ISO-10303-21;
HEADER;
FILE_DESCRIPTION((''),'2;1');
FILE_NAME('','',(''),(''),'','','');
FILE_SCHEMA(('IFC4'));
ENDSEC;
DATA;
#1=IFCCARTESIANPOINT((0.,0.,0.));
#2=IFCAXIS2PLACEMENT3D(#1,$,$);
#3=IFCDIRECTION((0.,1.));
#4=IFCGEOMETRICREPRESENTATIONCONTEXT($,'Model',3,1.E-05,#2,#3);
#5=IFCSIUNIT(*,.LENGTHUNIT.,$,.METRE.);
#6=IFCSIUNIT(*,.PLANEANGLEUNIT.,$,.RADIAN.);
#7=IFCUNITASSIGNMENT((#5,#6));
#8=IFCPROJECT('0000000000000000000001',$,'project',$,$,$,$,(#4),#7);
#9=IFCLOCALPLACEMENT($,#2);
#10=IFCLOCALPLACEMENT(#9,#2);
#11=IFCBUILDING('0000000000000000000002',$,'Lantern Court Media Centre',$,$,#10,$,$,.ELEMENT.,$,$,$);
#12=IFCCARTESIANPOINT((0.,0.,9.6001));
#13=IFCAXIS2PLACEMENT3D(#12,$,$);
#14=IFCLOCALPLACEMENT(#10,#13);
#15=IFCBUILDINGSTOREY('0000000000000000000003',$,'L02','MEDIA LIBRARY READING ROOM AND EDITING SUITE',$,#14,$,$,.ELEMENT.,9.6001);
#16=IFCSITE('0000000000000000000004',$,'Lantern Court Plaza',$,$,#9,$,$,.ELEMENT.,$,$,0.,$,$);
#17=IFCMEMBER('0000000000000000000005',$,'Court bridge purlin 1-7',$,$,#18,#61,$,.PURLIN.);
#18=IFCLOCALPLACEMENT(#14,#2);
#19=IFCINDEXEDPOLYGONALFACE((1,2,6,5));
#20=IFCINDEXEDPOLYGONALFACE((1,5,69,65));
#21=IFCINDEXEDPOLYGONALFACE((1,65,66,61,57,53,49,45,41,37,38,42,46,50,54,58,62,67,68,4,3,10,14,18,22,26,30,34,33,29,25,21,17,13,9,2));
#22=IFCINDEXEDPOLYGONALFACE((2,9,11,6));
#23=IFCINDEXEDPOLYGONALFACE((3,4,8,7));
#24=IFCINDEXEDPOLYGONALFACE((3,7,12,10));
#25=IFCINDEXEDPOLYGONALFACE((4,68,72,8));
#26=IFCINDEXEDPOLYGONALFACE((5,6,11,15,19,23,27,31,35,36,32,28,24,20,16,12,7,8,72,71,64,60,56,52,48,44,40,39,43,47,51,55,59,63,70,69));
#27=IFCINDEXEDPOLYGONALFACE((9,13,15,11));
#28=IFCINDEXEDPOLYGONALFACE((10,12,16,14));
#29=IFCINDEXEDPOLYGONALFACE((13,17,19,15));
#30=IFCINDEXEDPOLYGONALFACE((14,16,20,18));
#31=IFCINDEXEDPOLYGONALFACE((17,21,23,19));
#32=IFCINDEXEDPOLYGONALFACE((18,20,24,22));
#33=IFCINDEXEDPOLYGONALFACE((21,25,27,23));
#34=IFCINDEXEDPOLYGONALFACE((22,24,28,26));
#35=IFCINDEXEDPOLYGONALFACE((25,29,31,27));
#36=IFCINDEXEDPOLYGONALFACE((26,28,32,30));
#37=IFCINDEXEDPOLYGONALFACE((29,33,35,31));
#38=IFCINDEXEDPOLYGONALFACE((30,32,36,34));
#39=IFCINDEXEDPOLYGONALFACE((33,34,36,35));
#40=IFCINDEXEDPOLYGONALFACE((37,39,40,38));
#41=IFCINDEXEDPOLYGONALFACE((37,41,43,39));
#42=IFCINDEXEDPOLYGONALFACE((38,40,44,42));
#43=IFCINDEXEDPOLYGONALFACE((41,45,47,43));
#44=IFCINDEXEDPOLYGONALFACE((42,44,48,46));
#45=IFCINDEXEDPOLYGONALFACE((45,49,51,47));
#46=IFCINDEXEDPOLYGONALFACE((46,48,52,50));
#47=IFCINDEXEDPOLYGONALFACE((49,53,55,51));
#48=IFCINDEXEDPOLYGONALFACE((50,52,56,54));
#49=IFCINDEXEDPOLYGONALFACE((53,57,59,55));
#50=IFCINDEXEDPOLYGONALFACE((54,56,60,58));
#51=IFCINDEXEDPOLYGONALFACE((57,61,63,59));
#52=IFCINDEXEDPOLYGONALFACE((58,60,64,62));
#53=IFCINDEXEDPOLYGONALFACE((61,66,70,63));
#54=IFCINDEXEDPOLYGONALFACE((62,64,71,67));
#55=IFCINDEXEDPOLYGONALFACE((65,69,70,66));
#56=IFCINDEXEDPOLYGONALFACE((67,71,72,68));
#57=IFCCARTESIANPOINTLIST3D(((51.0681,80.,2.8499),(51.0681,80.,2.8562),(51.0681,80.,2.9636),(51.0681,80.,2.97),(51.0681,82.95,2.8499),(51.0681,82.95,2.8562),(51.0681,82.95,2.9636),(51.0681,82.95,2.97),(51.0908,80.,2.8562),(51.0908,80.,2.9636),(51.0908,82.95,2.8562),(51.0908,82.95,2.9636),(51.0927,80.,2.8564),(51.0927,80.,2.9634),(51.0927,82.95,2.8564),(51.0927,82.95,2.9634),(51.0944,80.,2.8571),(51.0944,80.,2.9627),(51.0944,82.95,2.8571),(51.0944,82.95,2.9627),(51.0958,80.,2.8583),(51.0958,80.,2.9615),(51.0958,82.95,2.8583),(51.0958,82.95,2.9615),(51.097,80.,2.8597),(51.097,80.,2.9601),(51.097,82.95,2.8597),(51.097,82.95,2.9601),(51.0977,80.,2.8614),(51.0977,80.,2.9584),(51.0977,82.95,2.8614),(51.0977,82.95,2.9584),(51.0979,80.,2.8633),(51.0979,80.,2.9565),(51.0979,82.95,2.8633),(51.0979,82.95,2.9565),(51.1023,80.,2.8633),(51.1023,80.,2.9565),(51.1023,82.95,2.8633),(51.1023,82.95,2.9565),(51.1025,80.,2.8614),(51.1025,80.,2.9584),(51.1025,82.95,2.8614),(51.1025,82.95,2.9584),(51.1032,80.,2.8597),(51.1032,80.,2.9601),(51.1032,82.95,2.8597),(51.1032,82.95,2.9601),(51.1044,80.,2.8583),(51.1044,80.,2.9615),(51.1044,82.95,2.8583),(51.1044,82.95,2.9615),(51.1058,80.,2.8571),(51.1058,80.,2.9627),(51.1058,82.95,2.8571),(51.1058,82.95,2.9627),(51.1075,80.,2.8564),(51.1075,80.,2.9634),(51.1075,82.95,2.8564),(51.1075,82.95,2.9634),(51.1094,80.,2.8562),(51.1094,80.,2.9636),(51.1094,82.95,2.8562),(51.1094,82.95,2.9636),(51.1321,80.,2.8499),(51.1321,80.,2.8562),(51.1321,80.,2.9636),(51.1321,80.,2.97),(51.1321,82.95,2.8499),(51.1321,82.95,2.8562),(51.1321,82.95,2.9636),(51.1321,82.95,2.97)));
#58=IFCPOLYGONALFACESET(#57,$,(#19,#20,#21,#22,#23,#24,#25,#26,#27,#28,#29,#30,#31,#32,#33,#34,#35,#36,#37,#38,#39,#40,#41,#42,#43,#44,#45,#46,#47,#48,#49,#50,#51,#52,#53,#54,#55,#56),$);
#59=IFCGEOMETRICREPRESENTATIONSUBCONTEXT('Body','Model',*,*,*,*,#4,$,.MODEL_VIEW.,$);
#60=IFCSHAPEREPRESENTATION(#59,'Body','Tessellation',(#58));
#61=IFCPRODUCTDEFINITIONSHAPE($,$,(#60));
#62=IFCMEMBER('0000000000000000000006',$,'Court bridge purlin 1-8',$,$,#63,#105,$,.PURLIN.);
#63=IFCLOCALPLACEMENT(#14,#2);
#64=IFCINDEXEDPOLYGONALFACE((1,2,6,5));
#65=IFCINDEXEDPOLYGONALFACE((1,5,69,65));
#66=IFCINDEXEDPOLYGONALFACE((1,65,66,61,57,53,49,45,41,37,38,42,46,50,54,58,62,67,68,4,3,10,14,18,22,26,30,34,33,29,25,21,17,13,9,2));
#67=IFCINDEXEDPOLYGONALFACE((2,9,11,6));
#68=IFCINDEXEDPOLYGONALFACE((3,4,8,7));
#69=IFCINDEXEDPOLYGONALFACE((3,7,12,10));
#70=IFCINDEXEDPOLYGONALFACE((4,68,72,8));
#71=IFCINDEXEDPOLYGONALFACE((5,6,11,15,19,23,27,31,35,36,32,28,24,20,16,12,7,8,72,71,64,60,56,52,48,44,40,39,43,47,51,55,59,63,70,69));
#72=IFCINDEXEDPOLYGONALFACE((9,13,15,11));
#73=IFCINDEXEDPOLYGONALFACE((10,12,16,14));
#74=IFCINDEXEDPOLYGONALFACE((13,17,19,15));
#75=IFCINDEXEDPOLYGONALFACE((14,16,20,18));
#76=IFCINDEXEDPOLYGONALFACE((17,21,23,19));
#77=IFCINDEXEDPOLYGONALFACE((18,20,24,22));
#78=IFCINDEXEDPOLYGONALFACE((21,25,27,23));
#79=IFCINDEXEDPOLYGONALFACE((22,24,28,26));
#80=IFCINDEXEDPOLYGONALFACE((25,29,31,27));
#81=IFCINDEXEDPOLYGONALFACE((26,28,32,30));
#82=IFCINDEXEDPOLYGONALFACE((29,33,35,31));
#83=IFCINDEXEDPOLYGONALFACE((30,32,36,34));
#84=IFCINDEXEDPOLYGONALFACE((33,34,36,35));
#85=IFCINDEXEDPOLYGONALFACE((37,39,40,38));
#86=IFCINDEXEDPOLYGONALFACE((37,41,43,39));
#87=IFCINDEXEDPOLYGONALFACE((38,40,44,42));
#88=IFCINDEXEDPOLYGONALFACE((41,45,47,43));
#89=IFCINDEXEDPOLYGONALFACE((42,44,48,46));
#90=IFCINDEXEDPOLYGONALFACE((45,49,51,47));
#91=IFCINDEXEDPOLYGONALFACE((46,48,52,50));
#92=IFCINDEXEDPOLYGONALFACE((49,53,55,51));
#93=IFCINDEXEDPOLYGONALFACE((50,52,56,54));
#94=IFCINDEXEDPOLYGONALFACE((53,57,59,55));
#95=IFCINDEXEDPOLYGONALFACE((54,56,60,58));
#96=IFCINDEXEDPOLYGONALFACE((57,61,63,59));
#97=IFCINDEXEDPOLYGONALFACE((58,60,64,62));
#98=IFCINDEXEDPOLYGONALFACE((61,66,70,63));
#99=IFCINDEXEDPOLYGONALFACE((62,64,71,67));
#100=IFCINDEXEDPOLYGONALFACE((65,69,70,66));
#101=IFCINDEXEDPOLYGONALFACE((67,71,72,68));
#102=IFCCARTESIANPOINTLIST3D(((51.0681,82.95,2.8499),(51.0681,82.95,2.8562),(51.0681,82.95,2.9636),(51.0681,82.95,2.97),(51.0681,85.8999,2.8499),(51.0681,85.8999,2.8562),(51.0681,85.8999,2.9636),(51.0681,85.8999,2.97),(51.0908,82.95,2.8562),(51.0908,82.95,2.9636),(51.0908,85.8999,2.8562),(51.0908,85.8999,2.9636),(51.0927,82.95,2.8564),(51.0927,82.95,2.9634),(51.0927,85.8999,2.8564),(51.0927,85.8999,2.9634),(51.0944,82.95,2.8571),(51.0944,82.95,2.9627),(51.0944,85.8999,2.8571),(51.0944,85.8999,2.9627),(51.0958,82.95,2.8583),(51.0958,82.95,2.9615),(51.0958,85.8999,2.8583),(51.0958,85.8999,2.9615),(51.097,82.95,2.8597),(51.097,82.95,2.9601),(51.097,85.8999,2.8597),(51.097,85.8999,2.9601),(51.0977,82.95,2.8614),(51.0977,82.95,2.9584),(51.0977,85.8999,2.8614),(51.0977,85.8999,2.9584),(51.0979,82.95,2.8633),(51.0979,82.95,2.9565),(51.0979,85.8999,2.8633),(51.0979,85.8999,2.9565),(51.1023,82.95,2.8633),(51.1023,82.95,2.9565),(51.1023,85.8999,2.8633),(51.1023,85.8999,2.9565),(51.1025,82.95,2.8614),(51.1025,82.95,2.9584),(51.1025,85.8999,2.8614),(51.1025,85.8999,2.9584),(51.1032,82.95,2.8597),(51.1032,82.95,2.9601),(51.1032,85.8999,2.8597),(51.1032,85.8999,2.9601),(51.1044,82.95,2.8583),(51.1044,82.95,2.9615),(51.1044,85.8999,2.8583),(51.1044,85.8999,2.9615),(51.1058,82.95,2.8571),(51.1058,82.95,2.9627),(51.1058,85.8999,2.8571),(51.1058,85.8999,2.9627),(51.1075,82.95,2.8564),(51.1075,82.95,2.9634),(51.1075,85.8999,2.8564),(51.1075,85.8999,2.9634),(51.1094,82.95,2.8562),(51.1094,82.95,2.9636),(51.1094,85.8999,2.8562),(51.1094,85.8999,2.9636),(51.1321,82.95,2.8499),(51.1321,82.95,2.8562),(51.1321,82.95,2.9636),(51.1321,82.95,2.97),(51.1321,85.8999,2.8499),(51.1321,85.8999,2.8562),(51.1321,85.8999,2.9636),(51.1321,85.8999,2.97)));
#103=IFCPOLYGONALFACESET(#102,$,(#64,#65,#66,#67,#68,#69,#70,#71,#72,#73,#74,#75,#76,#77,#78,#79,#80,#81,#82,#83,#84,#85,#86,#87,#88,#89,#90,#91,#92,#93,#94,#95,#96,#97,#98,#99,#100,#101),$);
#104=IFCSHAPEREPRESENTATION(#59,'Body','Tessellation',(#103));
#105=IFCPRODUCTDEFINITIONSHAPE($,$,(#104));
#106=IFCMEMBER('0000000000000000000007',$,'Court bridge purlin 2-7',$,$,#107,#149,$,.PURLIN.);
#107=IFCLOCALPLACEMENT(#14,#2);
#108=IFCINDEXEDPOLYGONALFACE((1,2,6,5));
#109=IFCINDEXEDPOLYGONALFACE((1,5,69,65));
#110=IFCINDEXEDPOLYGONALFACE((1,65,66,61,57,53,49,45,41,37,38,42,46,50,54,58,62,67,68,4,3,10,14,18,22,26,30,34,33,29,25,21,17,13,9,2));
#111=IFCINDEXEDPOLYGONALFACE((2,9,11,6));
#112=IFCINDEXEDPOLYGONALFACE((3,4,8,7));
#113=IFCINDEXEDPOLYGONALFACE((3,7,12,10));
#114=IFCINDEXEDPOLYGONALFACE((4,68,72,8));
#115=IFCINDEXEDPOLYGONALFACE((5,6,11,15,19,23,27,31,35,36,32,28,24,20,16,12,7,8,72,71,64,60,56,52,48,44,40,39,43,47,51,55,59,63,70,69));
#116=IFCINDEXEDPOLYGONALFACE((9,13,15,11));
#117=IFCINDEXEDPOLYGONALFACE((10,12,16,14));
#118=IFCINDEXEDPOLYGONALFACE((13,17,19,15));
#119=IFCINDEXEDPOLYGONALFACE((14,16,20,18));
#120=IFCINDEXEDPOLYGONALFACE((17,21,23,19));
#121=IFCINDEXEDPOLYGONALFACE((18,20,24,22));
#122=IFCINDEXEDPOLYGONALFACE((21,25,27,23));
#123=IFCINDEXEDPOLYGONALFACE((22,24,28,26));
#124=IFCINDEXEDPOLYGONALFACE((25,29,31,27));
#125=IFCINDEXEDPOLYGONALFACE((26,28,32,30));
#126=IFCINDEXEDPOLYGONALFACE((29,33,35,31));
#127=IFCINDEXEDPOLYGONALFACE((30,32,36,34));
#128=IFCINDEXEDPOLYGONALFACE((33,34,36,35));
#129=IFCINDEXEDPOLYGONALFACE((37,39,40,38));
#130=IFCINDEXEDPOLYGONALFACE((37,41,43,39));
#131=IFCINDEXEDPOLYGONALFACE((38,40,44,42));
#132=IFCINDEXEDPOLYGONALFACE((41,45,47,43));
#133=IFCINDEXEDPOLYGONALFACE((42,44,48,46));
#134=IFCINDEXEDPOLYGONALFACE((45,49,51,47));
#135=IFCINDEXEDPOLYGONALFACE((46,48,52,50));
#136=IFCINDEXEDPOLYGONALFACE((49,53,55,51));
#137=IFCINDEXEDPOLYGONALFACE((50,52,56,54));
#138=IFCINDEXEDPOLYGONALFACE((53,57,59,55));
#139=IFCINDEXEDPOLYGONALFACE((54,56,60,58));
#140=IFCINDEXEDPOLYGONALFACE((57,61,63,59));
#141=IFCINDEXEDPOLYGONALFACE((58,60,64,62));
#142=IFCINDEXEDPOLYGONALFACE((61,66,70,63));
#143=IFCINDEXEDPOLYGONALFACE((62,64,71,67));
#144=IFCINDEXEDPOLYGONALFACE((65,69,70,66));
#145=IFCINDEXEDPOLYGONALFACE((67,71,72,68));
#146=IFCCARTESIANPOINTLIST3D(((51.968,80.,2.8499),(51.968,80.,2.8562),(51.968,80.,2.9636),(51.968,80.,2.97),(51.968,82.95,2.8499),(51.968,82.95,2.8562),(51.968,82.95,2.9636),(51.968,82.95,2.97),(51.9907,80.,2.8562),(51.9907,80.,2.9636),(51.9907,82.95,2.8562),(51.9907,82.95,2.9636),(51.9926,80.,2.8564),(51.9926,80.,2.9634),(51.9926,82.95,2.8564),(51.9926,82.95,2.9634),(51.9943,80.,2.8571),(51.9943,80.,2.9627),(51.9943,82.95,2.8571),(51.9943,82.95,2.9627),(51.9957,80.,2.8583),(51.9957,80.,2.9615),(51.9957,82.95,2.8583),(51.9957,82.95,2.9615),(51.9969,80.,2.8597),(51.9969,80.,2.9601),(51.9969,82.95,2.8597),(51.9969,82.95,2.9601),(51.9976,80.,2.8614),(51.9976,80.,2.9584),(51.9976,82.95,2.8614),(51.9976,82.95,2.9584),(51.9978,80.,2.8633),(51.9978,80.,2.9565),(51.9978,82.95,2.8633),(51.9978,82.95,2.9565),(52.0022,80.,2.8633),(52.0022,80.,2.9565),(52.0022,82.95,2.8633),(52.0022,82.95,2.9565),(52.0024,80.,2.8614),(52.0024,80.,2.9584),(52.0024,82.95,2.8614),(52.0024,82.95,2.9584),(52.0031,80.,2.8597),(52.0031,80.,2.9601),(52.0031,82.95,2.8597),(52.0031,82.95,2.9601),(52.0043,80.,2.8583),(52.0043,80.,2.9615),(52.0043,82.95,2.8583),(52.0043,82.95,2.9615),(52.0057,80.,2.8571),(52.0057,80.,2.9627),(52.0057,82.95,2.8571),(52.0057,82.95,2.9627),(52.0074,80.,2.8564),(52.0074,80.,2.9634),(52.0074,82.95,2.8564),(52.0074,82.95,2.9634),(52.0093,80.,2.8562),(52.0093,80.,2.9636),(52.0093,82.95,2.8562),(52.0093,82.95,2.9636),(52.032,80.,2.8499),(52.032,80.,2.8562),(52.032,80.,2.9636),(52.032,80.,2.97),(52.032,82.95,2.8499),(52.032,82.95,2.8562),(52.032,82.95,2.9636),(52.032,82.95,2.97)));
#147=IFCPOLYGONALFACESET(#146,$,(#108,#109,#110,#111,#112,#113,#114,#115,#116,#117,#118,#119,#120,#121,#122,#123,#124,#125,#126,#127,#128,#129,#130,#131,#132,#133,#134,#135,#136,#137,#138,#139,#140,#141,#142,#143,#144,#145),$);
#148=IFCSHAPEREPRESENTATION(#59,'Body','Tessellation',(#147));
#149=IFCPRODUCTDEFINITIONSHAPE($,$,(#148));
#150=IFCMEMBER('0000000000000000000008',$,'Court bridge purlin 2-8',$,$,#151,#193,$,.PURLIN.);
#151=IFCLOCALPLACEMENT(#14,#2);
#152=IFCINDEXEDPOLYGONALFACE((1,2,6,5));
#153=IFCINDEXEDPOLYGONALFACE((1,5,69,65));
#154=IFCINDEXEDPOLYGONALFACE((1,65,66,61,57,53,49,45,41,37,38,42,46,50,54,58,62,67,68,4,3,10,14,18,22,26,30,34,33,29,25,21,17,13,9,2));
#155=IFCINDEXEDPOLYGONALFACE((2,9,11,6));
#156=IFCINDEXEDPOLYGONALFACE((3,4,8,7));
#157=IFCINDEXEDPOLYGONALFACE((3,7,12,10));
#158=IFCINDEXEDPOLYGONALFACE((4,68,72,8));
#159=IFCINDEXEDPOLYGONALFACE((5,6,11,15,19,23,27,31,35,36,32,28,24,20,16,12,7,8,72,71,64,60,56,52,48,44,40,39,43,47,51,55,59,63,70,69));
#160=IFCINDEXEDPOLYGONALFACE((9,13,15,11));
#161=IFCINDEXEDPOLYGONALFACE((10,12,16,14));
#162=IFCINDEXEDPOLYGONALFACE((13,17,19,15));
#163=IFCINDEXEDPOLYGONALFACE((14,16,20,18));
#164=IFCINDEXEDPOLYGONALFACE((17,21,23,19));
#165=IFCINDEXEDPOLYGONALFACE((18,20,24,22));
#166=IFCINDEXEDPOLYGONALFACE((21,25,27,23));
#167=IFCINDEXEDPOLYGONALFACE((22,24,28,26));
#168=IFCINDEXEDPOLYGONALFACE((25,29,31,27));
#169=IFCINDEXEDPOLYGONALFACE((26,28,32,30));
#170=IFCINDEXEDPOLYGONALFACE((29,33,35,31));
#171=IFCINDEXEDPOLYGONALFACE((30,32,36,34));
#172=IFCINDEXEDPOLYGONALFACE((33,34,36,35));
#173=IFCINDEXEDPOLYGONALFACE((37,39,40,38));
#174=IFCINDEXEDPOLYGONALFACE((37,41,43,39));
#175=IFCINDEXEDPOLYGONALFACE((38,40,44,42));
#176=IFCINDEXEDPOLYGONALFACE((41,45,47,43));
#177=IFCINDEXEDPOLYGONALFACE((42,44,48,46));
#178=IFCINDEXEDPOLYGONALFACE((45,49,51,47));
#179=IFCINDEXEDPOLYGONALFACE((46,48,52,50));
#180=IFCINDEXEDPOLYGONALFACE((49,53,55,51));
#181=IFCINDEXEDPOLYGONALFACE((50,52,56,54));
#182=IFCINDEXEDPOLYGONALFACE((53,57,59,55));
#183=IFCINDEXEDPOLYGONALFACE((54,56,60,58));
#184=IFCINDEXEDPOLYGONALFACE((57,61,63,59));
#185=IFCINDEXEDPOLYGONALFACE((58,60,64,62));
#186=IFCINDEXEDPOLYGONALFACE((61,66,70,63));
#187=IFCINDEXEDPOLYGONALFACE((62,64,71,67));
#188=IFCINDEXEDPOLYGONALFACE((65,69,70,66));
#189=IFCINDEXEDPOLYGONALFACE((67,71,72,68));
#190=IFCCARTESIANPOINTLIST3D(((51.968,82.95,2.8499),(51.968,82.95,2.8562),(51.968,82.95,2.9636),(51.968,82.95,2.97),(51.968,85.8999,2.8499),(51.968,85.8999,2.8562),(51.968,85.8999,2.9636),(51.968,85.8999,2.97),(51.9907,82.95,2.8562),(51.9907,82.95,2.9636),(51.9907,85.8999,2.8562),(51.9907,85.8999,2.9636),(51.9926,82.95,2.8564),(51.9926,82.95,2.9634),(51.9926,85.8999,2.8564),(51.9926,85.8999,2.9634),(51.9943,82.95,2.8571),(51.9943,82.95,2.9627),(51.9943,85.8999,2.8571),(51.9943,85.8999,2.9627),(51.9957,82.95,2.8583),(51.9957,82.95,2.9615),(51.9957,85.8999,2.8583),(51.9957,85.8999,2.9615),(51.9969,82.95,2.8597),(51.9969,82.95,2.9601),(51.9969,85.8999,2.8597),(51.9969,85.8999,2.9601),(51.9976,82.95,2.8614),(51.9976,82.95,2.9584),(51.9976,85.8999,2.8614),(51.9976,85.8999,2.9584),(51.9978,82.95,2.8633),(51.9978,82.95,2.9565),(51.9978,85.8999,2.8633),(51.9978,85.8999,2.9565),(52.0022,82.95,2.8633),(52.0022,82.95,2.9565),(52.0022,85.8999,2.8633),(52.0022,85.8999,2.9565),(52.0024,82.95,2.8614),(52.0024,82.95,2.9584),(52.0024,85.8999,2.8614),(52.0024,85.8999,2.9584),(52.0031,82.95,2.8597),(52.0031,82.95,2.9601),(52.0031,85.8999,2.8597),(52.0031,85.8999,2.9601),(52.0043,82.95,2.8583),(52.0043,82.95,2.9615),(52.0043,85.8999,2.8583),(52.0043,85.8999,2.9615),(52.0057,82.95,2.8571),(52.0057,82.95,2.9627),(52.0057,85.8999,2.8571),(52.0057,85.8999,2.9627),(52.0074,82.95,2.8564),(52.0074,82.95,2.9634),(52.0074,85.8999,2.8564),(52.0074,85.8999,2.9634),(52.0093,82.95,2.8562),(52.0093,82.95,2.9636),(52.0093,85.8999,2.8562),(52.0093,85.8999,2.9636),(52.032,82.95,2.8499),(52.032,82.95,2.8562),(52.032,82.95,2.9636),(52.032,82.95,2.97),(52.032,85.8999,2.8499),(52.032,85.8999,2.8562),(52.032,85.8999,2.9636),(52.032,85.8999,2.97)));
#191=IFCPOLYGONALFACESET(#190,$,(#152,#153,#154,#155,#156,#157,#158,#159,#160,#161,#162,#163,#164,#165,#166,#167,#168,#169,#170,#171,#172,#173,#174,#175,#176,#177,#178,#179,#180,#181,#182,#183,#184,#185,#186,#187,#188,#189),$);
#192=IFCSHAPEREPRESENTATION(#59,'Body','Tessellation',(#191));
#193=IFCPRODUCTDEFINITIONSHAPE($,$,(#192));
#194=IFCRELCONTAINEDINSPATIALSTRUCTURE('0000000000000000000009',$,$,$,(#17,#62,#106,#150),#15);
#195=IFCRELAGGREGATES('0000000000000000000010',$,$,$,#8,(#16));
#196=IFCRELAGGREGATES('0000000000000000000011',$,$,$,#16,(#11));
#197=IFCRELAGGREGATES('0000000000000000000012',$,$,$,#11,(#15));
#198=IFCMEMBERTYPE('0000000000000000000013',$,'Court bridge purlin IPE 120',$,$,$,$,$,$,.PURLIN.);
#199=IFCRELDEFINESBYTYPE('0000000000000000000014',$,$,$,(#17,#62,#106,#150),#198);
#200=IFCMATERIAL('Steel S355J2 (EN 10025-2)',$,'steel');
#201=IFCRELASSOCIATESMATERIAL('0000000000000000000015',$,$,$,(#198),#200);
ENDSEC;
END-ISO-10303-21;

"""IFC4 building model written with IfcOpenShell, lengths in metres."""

from ifc_helpers import new_model, si_unit, direction, frame, origin, origin_2d, place, context, subcontext, project, spatial, i_section, extrude, material, material_profile, profile_set, type_object, element, save


model = new_model("IFC4")

# Units and contexts
model_context = context("Model", 3, precision=1e-05, world=origin(), true_north=direction((0.0, 1.0)))
body_context = subcontext(model_context, "Body", "Model", "MODEL_VIEW")
ifc_project = project(units=[si_unit("LENGTHUNIT", "METRE"), si_unit("PLANEANGLEUNIT", "RADIAN")], contexts=[model_context])

# Site, building, storey
site_placement = place(None, origin())
site = spatial("IfcSite", under=ifc_project, at=site_placement, Name="Lantern Court Plaza", CompositionType="ELEMENT", RefElevation=0.0)
building_placement = place(site_placement, origin())
building = spatial("IfcBuilding", under=site, at=building_placement, Name="Lantern Court Media Centre", CompositionType="ELEMENT")
storey_placement = place(building_placement, frame((0.0, 0.0, 9.6001)))
storey = spatial("IfcBuildingStorey", under=building, at=storey_placement, Name="L02", Description="MEDIA LIBRARY READING ROOM AND EDITING SUITE", CompositionType="ELEMENT", Elevation=9.6001)

# Shared definitions
ifc_material_1 = material(Name="Steel S355J2 (EN 10025-2)", Category="steel")

# Members
ifc_material_profile_1 = material_profile(ifc_material_1, i_section(OverallWidth=0.064, OverallDepth=0.1201, WebThickness=0.0044, FlangeThickness=0.0063, FilletRadius=0.0071, at=origin_2d()), Name="IPE 120")
ifc_profile_set_1 = profile_set([ifc_material_profile_1], Name="Steel S355J2 (EN 10025-2)")
member_type_1 = type_object("IfcMemberType", Name="Court bridge purlin IPE 120", PredefinedType="PURLIN", material=ifc_profile_set_1)
for number, where, z_axis, x_axis, name in (
    (1, (51.1001, 80.0, 2.9099), (0.0, 1.0, 0.0), (-1.0, 0.0, 0.0), "Court bridge purlin 1-7"),
    (2, (51.1001, 82.95, 2.9099), (0.0, 1.0, 0.0), (-1.0, 0.0, 0.0), "Court bridge purlin 1-8"),
    (3, (52.0, 80.0, 2.9099), (0.0, 1.0, 0.0), (-1.0, 0.0, 0.0), "Court bridge purlin 2-7"),
    (4, (52.0, 82.95, 2.9099), (0.0, 1.0, 0.0), (-1.0, 0.0, 0.0), "Court bridge purlin 2-8"),
):
    element("IfcMember", number, at=place(storey_placement, frame(where, z_axis=z_axis, x_axis=x_axis)), inside=storey, type_object=member_type_1, Name=name, PredefinedType="PURLIN", context=body_context, shape_type="SweptSolid", body=[
        extrude(i_section(OverallWidth=0.064, OverallDepth=0.1201, WebThickness=0.0044, FlangeThickness=0.0063, FilletRadius=0.0071, at=origin_2d()), origin(), (0.0, 0.0, 1.0), 2.95),
    ])

save(model, "model.ifc")
